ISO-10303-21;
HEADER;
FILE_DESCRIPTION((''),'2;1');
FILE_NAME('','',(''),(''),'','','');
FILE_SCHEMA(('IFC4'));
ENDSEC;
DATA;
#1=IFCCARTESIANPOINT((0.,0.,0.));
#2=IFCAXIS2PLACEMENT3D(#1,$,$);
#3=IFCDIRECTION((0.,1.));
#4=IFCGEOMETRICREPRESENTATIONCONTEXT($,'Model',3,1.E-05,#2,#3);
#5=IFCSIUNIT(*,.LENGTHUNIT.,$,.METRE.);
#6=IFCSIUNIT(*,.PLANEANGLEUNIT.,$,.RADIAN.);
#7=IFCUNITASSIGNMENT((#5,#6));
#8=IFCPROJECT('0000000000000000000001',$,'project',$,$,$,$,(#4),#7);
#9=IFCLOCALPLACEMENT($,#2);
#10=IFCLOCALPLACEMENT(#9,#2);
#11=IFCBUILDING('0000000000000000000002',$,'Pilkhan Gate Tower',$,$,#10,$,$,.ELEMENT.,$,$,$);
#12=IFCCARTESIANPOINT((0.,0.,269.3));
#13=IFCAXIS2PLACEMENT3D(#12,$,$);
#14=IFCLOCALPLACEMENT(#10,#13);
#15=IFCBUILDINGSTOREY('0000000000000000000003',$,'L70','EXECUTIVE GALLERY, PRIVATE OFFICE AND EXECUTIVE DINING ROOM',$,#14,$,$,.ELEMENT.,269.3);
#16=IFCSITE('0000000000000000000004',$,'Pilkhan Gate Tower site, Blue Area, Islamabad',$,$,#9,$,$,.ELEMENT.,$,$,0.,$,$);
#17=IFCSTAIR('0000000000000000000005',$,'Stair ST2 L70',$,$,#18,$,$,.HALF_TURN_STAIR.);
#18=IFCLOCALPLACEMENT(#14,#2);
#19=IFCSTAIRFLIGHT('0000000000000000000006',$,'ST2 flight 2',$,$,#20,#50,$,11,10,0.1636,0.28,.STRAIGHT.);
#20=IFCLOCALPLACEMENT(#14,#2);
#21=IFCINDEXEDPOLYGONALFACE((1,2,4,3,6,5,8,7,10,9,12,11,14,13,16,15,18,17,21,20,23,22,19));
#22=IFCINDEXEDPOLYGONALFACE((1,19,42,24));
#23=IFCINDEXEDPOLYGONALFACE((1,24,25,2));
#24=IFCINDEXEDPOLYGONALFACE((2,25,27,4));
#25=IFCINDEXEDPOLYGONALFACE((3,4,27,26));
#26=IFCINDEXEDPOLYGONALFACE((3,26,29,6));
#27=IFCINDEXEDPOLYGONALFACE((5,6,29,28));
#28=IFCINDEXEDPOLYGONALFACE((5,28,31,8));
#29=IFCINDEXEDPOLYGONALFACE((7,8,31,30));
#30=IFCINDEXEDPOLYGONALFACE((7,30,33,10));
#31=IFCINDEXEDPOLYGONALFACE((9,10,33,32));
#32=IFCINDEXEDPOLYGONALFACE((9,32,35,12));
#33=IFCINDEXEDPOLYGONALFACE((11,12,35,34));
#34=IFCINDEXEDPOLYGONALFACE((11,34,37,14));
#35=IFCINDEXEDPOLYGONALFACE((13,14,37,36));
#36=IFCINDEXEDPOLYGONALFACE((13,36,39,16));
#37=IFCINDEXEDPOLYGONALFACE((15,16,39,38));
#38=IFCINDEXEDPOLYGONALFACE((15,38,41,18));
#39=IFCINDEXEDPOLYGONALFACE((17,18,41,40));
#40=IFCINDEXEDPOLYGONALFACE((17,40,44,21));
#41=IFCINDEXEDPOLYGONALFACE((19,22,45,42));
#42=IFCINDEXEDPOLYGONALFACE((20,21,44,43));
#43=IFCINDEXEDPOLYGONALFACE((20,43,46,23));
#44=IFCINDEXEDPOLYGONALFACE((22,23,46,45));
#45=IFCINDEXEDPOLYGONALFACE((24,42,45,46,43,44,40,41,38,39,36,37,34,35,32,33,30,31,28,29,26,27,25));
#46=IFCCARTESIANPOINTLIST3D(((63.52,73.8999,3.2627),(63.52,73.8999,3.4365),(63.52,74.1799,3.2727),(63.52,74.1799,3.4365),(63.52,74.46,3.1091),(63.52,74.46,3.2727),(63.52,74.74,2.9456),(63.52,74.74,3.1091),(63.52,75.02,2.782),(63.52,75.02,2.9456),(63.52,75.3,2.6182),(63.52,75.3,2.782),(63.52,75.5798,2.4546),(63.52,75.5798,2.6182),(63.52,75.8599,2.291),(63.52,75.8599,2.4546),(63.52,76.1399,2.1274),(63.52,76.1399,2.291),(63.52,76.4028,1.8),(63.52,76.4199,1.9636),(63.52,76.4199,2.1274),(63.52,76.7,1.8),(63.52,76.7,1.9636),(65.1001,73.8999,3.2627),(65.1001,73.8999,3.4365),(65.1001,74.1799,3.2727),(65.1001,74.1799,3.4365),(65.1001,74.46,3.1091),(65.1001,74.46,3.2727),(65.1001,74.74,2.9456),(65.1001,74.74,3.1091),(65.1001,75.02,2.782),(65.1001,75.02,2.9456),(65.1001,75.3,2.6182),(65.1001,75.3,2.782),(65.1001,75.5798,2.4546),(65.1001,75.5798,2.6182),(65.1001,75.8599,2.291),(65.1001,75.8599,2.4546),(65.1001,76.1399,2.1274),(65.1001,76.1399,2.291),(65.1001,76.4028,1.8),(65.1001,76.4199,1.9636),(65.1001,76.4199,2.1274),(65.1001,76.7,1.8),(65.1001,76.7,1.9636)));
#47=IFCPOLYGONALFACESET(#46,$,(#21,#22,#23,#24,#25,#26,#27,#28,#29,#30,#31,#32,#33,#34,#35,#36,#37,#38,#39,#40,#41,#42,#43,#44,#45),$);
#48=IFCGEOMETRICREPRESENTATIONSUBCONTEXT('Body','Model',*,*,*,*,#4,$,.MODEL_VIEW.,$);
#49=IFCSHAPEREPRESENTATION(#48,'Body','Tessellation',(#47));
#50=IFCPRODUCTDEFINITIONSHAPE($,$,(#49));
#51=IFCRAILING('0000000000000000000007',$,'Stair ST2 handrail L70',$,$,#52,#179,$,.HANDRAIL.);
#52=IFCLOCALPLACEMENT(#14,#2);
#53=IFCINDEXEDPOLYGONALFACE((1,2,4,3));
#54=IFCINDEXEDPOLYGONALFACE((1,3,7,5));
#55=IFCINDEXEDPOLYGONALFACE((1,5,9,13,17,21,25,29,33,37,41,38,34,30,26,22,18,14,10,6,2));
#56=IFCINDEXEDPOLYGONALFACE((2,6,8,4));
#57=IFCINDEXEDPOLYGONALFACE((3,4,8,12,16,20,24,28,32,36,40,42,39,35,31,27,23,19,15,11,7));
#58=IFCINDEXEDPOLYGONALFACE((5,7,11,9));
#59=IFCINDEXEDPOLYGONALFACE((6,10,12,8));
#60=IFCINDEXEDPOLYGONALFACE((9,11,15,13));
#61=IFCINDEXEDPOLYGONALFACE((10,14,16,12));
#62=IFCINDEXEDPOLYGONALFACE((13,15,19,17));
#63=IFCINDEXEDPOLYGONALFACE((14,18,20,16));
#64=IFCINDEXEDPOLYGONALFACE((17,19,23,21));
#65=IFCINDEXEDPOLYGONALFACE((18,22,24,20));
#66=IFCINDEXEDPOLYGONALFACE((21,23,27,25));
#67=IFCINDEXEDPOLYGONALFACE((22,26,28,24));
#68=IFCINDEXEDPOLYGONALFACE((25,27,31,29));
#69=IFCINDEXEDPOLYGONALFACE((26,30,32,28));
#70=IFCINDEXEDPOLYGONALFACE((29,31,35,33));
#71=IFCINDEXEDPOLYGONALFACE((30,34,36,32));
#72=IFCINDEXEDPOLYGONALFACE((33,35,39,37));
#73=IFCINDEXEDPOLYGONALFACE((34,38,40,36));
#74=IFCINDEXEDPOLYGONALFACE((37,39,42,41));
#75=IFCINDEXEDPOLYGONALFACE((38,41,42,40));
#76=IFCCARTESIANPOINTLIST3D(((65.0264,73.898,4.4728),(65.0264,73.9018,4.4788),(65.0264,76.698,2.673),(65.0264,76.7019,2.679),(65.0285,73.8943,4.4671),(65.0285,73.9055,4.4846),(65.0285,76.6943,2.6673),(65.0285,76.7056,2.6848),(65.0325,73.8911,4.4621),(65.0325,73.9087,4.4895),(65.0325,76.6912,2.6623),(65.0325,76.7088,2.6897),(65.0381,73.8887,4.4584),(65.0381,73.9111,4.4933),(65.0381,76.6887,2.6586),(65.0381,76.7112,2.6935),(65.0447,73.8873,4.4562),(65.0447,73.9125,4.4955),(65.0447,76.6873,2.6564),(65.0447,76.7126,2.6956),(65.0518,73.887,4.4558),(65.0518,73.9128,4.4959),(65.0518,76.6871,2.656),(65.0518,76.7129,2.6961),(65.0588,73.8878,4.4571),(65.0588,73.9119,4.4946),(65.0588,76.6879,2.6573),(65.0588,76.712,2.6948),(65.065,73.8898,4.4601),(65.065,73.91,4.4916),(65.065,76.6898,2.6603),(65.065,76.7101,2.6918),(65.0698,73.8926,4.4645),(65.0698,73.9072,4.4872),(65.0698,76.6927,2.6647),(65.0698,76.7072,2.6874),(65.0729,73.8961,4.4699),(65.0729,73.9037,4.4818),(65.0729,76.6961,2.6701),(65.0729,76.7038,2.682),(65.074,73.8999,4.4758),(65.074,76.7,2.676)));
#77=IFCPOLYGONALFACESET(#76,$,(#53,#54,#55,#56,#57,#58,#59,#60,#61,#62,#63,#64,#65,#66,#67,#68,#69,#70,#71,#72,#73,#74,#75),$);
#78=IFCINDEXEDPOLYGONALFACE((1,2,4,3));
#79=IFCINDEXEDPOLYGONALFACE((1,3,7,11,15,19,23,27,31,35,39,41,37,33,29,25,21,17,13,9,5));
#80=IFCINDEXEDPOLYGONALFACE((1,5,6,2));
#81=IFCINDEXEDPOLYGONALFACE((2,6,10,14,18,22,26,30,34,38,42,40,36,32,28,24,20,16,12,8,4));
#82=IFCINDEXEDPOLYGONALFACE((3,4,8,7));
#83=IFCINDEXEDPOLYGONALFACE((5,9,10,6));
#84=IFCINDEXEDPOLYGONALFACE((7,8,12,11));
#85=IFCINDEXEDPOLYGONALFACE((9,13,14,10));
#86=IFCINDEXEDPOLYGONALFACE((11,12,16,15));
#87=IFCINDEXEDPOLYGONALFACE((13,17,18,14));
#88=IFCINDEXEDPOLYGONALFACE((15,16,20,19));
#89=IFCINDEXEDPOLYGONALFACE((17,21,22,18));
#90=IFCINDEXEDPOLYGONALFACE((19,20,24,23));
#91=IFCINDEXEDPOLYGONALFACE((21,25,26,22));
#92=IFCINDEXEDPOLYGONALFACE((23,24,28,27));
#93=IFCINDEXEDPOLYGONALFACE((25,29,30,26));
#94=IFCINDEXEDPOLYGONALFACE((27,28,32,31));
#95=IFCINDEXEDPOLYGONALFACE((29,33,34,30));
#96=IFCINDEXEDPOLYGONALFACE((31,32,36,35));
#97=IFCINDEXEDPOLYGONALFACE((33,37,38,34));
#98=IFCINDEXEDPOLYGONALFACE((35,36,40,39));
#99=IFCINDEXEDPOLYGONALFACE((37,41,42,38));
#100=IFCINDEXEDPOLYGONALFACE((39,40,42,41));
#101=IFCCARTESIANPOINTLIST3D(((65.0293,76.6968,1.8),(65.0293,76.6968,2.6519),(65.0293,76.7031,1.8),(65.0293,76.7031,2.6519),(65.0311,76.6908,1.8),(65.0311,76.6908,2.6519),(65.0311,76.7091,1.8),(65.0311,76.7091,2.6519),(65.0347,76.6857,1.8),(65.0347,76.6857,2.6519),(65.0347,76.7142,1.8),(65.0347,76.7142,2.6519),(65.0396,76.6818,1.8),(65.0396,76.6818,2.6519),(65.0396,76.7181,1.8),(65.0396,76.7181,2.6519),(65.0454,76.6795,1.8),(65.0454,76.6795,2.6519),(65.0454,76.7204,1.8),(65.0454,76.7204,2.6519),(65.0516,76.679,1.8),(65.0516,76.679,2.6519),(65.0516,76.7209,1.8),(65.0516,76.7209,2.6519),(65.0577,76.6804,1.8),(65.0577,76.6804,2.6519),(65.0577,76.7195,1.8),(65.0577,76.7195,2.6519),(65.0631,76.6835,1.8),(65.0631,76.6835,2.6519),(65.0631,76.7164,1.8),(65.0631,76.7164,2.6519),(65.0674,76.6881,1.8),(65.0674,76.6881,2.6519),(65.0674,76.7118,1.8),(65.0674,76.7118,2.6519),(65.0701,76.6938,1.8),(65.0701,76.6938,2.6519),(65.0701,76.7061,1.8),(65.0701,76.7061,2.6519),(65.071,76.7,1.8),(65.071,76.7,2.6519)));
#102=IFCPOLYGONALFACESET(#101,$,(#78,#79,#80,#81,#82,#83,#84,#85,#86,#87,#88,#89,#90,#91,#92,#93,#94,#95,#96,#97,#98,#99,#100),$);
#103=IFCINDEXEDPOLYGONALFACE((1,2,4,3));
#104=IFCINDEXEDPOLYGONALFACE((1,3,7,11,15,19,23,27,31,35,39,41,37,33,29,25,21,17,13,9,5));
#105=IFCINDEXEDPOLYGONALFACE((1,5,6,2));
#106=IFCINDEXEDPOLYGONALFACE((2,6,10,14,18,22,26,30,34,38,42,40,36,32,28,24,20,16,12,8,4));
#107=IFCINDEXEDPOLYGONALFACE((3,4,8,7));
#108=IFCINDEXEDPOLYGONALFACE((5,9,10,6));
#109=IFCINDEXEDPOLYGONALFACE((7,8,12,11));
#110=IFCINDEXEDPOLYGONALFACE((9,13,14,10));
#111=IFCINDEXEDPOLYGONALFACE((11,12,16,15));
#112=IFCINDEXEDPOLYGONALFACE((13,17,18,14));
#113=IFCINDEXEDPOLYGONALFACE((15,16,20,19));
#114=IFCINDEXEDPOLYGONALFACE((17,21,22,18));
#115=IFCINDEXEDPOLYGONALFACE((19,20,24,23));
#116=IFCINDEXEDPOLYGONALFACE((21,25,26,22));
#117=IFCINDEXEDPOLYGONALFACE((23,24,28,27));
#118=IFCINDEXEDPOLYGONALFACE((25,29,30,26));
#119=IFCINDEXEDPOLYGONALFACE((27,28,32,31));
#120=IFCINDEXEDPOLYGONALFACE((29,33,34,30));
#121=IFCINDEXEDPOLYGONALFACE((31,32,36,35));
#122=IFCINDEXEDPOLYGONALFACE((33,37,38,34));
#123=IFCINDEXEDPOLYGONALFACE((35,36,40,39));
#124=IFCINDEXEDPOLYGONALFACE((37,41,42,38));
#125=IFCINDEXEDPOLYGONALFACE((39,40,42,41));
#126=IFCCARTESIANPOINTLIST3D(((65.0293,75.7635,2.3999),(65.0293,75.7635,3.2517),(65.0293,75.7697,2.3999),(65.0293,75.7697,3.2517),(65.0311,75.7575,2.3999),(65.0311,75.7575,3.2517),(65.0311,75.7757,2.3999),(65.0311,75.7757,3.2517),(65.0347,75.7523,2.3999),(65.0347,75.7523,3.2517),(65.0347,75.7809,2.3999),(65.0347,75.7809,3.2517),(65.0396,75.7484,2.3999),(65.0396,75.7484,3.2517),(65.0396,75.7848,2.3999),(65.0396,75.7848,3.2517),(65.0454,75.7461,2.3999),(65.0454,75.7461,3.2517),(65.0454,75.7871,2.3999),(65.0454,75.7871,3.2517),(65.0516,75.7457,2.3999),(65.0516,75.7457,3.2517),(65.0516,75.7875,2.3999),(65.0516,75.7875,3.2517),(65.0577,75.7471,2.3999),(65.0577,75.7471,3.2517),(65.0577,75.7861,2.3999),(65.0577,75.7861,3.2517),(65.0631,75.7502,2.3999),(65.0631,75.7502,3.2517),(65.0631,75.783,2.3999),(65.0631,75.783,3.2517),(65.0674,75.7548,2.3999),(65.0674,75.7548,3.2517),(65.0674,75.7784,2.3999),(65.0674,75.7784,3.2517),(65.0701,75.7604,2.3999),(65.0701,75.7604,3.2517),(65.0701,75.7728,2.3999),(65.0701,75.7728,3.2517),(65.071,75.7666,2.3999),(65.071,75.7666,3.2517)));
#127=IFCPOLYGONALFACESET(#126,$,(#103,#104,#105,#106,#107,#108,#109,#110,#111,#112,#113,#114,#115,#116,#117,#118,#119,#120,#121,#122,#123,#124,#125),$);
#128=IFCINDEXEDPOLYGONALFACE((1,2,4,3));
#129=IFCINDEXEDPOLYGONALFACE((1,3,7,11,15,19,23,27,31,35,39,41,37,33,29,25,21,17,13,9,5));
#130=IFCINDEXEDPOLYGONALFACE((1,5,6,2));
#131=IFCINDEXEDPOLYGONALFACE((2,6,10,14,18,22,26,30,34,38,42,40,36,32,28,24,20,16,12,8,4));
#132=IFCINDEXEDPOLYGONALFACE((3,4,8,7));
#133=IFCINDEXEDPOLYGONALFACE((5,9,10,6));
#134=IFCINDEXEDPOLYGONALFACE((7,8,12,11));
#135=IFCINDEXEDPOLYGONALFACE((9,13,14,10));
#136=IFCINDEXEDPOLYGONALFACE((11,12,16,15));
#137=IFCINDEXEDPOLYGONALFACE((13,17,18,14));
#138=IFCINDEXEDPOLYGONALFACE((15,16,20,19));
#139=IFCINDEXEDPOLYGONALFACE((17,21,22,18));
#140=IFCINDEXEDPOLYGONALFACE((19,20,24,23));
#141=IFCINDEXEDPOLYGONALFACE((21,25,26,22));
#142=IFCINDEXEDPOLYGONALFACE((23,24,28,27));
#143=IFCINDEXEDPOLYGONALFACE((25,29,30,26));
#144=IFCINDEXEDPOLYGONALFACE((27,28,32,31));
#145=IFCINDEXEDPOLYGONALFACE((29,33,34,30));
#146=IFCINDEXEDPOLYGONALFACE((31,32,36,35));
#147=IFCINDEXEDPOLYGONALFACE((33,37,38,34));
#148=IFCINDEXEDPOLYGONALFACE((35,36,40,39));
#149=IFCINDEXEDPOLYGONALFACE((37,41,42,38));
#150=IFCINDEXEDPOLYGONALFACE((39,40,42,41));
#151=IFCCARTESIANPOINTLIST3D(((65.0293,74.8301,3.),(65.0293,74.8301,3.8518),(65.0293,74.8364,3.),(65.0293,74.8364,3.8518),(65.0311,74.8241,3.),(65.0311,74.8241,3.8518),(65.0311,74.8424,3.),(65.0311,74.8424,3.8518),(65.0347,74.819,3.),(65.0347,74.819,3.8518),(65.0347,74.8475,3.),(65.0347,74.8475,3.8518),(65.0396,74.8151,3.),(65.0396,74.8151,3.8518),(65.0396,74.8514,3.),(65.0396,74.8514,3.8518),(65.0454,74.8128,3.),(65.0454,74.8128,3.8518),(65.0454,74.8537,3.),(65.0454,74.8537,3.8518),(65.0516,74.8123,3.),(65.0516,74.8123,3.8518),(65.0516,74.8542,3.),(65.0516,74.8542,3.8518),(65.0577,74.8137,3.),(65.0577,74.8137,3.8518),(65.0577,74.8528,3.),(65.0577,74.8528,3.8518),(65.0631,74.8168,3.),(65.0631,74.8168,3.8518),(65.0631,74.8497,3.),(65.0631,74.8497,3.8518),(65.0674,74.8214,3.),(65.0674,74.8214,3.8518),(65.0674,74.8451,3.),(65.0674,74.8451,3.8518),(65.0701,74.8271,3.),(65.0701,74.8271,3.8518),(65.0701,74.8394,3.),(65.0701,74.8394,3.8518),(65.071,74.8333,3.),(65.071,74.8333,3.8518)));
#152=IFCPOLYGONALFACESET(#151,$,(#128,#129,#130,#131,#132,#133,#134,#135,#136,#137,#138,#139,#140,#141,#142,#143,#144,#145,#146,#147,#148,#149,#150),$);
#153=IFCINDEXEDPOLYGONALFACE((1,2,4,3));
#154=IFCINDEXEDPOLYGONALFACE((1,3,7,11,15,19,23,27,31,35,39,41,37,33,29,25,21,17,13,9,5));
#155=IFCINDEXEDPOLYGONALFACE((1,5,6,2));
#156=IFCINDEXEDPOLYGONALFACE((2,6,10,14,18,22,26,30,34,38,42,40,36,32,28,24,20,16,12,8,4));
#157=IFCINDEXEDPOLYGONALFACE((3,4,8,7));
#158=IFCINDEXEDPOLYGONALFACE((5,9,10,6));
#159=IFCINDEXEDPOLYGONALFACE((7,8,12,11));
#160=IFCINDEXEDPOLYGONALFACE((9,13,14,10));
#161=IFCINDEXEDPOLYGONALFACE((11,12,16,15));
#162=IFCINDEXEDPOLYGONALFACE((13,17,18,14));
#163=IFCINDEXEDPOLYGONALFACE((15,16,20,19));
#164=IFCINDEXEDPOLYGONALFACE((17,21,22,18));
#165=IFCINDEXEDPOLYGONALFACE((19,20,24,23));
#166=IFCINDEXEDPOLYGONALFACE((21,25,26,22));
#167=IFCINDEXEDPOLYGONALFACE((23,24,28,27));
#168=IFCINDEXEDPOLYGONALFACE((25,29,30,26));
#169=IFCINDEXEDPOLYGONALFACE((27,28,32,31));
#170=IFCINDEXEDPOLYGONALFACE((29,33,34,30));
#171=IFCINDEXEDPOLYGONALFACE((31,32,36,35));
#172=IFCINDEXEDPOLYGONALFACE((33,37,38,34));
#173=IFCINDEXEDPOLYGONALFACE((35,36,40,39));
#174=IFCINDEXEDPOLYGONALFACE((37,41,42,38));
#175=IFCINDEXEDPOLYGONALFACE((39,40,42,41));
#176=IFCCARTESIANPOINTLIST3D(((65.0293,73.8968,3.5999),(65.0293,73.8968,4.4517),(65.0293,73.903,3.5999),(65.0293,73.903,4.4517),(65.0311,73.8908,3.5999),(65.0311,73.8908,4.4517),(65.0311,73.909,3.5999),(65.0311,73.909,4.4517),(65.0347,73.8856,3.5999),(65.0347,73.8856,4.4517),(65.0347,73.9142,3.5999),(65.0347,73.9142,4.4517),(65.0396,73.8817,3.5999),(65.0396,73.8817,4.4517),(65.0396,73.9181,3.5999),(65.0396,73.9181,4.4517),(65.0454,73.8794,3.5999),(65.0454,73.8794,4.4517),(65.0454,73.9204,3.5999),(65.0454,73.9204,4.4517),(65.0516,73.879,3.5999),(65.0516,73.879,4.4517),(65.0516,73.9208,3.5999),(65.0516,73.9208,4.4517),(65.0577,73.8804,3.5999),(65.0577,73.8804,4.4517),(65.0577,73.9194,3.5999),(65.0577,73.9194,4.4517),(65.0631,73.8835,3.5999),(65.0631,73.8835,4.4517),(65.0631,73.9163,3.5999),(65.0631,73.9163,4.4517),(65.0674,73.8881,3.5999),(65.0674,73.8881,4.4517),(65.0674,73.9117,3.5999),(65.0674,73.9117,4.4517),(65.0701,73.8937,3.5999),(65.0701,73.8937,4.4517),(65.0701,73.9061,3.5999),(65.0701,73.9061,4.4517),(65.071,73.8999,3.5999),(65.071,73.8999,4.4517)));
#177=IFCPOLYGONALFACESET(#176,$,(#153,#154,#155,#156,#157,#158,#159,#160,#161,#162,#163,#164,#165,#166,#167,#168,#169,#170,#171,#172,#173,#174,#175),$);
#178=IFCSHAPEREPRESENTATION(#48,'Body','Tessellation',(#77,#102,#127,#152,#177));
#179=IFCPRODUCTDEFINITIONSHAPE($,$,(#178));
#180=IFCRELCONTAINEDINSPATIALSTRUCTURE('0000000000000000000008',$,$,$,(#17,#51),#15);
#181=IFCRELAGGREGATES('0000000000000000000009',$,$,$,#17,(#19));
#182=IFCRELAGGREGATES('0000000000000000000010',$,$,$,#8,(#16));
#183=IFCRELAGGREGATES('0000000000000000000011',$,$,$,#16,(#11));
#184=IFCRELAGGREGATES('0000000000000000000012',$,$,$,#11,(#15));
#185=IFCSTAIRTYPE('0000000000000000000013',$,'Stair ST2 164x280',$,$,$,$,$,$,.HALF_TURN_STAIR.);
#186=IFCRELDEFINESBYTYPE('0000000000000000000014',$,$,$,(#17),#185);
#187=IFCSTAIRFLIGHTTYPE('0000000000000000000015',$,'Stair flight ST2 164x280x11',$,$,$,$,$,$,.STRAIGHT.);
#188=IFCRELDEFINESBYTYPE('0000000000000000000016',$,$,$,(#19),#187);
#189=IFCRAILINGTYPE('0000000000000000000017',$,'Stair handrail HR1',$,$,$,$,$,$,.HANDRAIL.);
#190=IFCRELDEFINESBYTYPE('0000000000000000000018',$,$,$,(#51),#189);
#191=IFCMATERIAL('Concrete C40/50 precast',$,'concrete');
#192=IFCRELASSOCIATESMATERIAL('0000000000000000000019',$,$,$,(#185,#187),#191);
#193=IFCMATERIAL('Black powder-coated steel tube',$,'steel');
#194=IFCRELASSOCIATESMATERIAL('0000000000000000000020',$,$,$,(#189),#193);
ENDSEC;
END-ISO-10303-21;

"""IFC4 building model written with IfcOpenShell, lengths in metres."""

from ifc_helpers import new_model, si_unit, direction, frame, origin, origin_2d, place, context, subcontext, project, spatial, polyline, circle, outline, extrude, material, type_object, element, aggregate, save


model = new_model("IFC4")

# Units and contexts
model_context = context("Model", 3, precision=1e-05, world=origin(), true_north=direction((0.0, 1.0)))
body_context = subcontext(model_context, "Body", "Model", "MODEL_VIEW")
ifc_project = project(units=[si_unit("LENGTHUNIT", "METRE"), si_unit("PLANEANGLEUNIT", "RADIAN")], contexts=[model_context])

# Site, building, storey
site_placement = place(None, origin())
site = spatial("IfcSite", under=ifc_project, at=site_placement, Name="Pilkhan Gate Tower site, Blue Area, Islamabad", CompositionType="ELEMENT", RefElevation=0.0)
building_placement = place(site_placement, origin())
building = spatial("IfcBuilding", under=site, at=building_placement, Name="Pilkhan Gate Tower", CompositionType="ELEMENT")
storey_placement = place(building_placement, frame((0.0, 0.0, 269.3)))
storey = spatial("IfcBuildingStorey", under=building, at=storey_placement, Name="L70", Description="EXECUTIVE GALLERY, PRIVATE OFFICE AND EXECUTIVE DINING ROOM", CompositionType="ELEMENT", Elevation=269.3)

# Stair, stair flight
ifc_material_1 = material(Name="Concrete C40/50 precast", Category="concrete")
stair_type = type_object("IfcStairType", Name="Stair ST2 164x280", PredefinedType="HALF_TURN_STAIR", material=ifc_material_1)
stair_placement = place(storey_placement, origin())
stair = element("IfcStair", 1, at=stair_placement, inside=storey, type_object=stair_type, Name="Stair ST2 L70", PredefinedType="HALF_TURN_STAIR")
stair_flight_type = type_object("IfcStairFlightType", Name="Stair flight ST2 164x280x11", PredefinedType="STRAIGHT", material=ifc_material_1)
stair_flight_1_placement = place(storey_placement, frame((64.3101, 76.7, 1.8), z_axis=(0.0, 0.0, 1.0), x_axis=(0.0, -1.0, 0.0)))
stair_flight_1 = element("IfcStairFlight", 2, at=stair_flight_1_placement, type_object=stair_flight_type, Name="ST2 flight 2", NumberOfRisers=11, NumberOfTreads=10, PredefinedType="STRAIGHT", RiserHeight=0.1636, TreadLength=0.28, context=body_context, shape_type="SweptSolid", body=[
    extrude(outline(polyline([(0.0, 0.0), (0.0, 0.1636), (0.28, 0.1636), (0.28, 0.3274), (0.5601, 0.3274), (0.5601, 0.491), (0.8401, 0.491), (0.8401, 0.6545), (1.1201, 0.6545), (1.1201, 0.8181), (1.3999, 0.8181), (1.3999, 0.9819), (1.6799, 0.9819), (1.6799, 1.1455), (1.96, 1.1455), (1.96, 1.3091), (2.24, 1.3091), (2.24, 1.4727), (2.52, 1.4727), (2.52, 1.6365), (2.8, 1.6365), (2.8, 1.8), (2.8, 1.4626), (0.2971, 0.0), (0.0, 0.0)])), frame((0.0, 0.79, 0.0), z_axis=(0.0, -1.0, 0.0), x_axis=(1.0, 0.0, 0.0)), (0.0, 0.0, 1.0), 1.5801),
])
aggregate(stair, [stair_flight_1])

# Railing
ifc_material_2 = material(Name="Black powder-coated steel tube", Category="steel")
railing_type_1 = type_object("IfcRailingType", Name="Stair handrail HR1", PredefinedType="HANDRAIL", material=ifc_material_2)
railing_placement = place(storey_placement, frame((65.05, 76.7, 1.8)))
element("IfcRailing", 3, at=railing_placement, inside=storey, type_object=railing_type_1, Name="Stair ST2 handrail L70", PredefinedType="HANDRAIL", context=body_context, shape_type="SweptSolid", body=[
    extrude(circle(Radius=0.0239, at=origin_2d()), frame((0.0, 0.0, 0.876), z_axis=(0.0, -0.841209, 0.540709), x_axis=(1.0, 0.0, 0.0)), (0.0, 0.0, 1.0), 3.3286),
    extrude(circle(Radius=0.021, at=origin_2d()), origin(), (0.0, 0.0, 1.0), 0.8518),
    extrude(circle(Radius=0.021, at=origin_2d()), frame((0.0, -0.9333, 0.5999)), (0.0, 0.0, 1.0), 0.8518),
    extrude(circle(Radius=0.021, at=origin_2d()), frame((0.0, -1.8667, 1.2)), (0.0, 0.0, 1.0), 0.8518),
    extrude(circle(Radius=0.021, at=origin_2d()), frame((0.0, -2.8, 1.7998)), (0.0, 0.0, 1.0), 0.8518),
])

save(model, "model.ifc")
